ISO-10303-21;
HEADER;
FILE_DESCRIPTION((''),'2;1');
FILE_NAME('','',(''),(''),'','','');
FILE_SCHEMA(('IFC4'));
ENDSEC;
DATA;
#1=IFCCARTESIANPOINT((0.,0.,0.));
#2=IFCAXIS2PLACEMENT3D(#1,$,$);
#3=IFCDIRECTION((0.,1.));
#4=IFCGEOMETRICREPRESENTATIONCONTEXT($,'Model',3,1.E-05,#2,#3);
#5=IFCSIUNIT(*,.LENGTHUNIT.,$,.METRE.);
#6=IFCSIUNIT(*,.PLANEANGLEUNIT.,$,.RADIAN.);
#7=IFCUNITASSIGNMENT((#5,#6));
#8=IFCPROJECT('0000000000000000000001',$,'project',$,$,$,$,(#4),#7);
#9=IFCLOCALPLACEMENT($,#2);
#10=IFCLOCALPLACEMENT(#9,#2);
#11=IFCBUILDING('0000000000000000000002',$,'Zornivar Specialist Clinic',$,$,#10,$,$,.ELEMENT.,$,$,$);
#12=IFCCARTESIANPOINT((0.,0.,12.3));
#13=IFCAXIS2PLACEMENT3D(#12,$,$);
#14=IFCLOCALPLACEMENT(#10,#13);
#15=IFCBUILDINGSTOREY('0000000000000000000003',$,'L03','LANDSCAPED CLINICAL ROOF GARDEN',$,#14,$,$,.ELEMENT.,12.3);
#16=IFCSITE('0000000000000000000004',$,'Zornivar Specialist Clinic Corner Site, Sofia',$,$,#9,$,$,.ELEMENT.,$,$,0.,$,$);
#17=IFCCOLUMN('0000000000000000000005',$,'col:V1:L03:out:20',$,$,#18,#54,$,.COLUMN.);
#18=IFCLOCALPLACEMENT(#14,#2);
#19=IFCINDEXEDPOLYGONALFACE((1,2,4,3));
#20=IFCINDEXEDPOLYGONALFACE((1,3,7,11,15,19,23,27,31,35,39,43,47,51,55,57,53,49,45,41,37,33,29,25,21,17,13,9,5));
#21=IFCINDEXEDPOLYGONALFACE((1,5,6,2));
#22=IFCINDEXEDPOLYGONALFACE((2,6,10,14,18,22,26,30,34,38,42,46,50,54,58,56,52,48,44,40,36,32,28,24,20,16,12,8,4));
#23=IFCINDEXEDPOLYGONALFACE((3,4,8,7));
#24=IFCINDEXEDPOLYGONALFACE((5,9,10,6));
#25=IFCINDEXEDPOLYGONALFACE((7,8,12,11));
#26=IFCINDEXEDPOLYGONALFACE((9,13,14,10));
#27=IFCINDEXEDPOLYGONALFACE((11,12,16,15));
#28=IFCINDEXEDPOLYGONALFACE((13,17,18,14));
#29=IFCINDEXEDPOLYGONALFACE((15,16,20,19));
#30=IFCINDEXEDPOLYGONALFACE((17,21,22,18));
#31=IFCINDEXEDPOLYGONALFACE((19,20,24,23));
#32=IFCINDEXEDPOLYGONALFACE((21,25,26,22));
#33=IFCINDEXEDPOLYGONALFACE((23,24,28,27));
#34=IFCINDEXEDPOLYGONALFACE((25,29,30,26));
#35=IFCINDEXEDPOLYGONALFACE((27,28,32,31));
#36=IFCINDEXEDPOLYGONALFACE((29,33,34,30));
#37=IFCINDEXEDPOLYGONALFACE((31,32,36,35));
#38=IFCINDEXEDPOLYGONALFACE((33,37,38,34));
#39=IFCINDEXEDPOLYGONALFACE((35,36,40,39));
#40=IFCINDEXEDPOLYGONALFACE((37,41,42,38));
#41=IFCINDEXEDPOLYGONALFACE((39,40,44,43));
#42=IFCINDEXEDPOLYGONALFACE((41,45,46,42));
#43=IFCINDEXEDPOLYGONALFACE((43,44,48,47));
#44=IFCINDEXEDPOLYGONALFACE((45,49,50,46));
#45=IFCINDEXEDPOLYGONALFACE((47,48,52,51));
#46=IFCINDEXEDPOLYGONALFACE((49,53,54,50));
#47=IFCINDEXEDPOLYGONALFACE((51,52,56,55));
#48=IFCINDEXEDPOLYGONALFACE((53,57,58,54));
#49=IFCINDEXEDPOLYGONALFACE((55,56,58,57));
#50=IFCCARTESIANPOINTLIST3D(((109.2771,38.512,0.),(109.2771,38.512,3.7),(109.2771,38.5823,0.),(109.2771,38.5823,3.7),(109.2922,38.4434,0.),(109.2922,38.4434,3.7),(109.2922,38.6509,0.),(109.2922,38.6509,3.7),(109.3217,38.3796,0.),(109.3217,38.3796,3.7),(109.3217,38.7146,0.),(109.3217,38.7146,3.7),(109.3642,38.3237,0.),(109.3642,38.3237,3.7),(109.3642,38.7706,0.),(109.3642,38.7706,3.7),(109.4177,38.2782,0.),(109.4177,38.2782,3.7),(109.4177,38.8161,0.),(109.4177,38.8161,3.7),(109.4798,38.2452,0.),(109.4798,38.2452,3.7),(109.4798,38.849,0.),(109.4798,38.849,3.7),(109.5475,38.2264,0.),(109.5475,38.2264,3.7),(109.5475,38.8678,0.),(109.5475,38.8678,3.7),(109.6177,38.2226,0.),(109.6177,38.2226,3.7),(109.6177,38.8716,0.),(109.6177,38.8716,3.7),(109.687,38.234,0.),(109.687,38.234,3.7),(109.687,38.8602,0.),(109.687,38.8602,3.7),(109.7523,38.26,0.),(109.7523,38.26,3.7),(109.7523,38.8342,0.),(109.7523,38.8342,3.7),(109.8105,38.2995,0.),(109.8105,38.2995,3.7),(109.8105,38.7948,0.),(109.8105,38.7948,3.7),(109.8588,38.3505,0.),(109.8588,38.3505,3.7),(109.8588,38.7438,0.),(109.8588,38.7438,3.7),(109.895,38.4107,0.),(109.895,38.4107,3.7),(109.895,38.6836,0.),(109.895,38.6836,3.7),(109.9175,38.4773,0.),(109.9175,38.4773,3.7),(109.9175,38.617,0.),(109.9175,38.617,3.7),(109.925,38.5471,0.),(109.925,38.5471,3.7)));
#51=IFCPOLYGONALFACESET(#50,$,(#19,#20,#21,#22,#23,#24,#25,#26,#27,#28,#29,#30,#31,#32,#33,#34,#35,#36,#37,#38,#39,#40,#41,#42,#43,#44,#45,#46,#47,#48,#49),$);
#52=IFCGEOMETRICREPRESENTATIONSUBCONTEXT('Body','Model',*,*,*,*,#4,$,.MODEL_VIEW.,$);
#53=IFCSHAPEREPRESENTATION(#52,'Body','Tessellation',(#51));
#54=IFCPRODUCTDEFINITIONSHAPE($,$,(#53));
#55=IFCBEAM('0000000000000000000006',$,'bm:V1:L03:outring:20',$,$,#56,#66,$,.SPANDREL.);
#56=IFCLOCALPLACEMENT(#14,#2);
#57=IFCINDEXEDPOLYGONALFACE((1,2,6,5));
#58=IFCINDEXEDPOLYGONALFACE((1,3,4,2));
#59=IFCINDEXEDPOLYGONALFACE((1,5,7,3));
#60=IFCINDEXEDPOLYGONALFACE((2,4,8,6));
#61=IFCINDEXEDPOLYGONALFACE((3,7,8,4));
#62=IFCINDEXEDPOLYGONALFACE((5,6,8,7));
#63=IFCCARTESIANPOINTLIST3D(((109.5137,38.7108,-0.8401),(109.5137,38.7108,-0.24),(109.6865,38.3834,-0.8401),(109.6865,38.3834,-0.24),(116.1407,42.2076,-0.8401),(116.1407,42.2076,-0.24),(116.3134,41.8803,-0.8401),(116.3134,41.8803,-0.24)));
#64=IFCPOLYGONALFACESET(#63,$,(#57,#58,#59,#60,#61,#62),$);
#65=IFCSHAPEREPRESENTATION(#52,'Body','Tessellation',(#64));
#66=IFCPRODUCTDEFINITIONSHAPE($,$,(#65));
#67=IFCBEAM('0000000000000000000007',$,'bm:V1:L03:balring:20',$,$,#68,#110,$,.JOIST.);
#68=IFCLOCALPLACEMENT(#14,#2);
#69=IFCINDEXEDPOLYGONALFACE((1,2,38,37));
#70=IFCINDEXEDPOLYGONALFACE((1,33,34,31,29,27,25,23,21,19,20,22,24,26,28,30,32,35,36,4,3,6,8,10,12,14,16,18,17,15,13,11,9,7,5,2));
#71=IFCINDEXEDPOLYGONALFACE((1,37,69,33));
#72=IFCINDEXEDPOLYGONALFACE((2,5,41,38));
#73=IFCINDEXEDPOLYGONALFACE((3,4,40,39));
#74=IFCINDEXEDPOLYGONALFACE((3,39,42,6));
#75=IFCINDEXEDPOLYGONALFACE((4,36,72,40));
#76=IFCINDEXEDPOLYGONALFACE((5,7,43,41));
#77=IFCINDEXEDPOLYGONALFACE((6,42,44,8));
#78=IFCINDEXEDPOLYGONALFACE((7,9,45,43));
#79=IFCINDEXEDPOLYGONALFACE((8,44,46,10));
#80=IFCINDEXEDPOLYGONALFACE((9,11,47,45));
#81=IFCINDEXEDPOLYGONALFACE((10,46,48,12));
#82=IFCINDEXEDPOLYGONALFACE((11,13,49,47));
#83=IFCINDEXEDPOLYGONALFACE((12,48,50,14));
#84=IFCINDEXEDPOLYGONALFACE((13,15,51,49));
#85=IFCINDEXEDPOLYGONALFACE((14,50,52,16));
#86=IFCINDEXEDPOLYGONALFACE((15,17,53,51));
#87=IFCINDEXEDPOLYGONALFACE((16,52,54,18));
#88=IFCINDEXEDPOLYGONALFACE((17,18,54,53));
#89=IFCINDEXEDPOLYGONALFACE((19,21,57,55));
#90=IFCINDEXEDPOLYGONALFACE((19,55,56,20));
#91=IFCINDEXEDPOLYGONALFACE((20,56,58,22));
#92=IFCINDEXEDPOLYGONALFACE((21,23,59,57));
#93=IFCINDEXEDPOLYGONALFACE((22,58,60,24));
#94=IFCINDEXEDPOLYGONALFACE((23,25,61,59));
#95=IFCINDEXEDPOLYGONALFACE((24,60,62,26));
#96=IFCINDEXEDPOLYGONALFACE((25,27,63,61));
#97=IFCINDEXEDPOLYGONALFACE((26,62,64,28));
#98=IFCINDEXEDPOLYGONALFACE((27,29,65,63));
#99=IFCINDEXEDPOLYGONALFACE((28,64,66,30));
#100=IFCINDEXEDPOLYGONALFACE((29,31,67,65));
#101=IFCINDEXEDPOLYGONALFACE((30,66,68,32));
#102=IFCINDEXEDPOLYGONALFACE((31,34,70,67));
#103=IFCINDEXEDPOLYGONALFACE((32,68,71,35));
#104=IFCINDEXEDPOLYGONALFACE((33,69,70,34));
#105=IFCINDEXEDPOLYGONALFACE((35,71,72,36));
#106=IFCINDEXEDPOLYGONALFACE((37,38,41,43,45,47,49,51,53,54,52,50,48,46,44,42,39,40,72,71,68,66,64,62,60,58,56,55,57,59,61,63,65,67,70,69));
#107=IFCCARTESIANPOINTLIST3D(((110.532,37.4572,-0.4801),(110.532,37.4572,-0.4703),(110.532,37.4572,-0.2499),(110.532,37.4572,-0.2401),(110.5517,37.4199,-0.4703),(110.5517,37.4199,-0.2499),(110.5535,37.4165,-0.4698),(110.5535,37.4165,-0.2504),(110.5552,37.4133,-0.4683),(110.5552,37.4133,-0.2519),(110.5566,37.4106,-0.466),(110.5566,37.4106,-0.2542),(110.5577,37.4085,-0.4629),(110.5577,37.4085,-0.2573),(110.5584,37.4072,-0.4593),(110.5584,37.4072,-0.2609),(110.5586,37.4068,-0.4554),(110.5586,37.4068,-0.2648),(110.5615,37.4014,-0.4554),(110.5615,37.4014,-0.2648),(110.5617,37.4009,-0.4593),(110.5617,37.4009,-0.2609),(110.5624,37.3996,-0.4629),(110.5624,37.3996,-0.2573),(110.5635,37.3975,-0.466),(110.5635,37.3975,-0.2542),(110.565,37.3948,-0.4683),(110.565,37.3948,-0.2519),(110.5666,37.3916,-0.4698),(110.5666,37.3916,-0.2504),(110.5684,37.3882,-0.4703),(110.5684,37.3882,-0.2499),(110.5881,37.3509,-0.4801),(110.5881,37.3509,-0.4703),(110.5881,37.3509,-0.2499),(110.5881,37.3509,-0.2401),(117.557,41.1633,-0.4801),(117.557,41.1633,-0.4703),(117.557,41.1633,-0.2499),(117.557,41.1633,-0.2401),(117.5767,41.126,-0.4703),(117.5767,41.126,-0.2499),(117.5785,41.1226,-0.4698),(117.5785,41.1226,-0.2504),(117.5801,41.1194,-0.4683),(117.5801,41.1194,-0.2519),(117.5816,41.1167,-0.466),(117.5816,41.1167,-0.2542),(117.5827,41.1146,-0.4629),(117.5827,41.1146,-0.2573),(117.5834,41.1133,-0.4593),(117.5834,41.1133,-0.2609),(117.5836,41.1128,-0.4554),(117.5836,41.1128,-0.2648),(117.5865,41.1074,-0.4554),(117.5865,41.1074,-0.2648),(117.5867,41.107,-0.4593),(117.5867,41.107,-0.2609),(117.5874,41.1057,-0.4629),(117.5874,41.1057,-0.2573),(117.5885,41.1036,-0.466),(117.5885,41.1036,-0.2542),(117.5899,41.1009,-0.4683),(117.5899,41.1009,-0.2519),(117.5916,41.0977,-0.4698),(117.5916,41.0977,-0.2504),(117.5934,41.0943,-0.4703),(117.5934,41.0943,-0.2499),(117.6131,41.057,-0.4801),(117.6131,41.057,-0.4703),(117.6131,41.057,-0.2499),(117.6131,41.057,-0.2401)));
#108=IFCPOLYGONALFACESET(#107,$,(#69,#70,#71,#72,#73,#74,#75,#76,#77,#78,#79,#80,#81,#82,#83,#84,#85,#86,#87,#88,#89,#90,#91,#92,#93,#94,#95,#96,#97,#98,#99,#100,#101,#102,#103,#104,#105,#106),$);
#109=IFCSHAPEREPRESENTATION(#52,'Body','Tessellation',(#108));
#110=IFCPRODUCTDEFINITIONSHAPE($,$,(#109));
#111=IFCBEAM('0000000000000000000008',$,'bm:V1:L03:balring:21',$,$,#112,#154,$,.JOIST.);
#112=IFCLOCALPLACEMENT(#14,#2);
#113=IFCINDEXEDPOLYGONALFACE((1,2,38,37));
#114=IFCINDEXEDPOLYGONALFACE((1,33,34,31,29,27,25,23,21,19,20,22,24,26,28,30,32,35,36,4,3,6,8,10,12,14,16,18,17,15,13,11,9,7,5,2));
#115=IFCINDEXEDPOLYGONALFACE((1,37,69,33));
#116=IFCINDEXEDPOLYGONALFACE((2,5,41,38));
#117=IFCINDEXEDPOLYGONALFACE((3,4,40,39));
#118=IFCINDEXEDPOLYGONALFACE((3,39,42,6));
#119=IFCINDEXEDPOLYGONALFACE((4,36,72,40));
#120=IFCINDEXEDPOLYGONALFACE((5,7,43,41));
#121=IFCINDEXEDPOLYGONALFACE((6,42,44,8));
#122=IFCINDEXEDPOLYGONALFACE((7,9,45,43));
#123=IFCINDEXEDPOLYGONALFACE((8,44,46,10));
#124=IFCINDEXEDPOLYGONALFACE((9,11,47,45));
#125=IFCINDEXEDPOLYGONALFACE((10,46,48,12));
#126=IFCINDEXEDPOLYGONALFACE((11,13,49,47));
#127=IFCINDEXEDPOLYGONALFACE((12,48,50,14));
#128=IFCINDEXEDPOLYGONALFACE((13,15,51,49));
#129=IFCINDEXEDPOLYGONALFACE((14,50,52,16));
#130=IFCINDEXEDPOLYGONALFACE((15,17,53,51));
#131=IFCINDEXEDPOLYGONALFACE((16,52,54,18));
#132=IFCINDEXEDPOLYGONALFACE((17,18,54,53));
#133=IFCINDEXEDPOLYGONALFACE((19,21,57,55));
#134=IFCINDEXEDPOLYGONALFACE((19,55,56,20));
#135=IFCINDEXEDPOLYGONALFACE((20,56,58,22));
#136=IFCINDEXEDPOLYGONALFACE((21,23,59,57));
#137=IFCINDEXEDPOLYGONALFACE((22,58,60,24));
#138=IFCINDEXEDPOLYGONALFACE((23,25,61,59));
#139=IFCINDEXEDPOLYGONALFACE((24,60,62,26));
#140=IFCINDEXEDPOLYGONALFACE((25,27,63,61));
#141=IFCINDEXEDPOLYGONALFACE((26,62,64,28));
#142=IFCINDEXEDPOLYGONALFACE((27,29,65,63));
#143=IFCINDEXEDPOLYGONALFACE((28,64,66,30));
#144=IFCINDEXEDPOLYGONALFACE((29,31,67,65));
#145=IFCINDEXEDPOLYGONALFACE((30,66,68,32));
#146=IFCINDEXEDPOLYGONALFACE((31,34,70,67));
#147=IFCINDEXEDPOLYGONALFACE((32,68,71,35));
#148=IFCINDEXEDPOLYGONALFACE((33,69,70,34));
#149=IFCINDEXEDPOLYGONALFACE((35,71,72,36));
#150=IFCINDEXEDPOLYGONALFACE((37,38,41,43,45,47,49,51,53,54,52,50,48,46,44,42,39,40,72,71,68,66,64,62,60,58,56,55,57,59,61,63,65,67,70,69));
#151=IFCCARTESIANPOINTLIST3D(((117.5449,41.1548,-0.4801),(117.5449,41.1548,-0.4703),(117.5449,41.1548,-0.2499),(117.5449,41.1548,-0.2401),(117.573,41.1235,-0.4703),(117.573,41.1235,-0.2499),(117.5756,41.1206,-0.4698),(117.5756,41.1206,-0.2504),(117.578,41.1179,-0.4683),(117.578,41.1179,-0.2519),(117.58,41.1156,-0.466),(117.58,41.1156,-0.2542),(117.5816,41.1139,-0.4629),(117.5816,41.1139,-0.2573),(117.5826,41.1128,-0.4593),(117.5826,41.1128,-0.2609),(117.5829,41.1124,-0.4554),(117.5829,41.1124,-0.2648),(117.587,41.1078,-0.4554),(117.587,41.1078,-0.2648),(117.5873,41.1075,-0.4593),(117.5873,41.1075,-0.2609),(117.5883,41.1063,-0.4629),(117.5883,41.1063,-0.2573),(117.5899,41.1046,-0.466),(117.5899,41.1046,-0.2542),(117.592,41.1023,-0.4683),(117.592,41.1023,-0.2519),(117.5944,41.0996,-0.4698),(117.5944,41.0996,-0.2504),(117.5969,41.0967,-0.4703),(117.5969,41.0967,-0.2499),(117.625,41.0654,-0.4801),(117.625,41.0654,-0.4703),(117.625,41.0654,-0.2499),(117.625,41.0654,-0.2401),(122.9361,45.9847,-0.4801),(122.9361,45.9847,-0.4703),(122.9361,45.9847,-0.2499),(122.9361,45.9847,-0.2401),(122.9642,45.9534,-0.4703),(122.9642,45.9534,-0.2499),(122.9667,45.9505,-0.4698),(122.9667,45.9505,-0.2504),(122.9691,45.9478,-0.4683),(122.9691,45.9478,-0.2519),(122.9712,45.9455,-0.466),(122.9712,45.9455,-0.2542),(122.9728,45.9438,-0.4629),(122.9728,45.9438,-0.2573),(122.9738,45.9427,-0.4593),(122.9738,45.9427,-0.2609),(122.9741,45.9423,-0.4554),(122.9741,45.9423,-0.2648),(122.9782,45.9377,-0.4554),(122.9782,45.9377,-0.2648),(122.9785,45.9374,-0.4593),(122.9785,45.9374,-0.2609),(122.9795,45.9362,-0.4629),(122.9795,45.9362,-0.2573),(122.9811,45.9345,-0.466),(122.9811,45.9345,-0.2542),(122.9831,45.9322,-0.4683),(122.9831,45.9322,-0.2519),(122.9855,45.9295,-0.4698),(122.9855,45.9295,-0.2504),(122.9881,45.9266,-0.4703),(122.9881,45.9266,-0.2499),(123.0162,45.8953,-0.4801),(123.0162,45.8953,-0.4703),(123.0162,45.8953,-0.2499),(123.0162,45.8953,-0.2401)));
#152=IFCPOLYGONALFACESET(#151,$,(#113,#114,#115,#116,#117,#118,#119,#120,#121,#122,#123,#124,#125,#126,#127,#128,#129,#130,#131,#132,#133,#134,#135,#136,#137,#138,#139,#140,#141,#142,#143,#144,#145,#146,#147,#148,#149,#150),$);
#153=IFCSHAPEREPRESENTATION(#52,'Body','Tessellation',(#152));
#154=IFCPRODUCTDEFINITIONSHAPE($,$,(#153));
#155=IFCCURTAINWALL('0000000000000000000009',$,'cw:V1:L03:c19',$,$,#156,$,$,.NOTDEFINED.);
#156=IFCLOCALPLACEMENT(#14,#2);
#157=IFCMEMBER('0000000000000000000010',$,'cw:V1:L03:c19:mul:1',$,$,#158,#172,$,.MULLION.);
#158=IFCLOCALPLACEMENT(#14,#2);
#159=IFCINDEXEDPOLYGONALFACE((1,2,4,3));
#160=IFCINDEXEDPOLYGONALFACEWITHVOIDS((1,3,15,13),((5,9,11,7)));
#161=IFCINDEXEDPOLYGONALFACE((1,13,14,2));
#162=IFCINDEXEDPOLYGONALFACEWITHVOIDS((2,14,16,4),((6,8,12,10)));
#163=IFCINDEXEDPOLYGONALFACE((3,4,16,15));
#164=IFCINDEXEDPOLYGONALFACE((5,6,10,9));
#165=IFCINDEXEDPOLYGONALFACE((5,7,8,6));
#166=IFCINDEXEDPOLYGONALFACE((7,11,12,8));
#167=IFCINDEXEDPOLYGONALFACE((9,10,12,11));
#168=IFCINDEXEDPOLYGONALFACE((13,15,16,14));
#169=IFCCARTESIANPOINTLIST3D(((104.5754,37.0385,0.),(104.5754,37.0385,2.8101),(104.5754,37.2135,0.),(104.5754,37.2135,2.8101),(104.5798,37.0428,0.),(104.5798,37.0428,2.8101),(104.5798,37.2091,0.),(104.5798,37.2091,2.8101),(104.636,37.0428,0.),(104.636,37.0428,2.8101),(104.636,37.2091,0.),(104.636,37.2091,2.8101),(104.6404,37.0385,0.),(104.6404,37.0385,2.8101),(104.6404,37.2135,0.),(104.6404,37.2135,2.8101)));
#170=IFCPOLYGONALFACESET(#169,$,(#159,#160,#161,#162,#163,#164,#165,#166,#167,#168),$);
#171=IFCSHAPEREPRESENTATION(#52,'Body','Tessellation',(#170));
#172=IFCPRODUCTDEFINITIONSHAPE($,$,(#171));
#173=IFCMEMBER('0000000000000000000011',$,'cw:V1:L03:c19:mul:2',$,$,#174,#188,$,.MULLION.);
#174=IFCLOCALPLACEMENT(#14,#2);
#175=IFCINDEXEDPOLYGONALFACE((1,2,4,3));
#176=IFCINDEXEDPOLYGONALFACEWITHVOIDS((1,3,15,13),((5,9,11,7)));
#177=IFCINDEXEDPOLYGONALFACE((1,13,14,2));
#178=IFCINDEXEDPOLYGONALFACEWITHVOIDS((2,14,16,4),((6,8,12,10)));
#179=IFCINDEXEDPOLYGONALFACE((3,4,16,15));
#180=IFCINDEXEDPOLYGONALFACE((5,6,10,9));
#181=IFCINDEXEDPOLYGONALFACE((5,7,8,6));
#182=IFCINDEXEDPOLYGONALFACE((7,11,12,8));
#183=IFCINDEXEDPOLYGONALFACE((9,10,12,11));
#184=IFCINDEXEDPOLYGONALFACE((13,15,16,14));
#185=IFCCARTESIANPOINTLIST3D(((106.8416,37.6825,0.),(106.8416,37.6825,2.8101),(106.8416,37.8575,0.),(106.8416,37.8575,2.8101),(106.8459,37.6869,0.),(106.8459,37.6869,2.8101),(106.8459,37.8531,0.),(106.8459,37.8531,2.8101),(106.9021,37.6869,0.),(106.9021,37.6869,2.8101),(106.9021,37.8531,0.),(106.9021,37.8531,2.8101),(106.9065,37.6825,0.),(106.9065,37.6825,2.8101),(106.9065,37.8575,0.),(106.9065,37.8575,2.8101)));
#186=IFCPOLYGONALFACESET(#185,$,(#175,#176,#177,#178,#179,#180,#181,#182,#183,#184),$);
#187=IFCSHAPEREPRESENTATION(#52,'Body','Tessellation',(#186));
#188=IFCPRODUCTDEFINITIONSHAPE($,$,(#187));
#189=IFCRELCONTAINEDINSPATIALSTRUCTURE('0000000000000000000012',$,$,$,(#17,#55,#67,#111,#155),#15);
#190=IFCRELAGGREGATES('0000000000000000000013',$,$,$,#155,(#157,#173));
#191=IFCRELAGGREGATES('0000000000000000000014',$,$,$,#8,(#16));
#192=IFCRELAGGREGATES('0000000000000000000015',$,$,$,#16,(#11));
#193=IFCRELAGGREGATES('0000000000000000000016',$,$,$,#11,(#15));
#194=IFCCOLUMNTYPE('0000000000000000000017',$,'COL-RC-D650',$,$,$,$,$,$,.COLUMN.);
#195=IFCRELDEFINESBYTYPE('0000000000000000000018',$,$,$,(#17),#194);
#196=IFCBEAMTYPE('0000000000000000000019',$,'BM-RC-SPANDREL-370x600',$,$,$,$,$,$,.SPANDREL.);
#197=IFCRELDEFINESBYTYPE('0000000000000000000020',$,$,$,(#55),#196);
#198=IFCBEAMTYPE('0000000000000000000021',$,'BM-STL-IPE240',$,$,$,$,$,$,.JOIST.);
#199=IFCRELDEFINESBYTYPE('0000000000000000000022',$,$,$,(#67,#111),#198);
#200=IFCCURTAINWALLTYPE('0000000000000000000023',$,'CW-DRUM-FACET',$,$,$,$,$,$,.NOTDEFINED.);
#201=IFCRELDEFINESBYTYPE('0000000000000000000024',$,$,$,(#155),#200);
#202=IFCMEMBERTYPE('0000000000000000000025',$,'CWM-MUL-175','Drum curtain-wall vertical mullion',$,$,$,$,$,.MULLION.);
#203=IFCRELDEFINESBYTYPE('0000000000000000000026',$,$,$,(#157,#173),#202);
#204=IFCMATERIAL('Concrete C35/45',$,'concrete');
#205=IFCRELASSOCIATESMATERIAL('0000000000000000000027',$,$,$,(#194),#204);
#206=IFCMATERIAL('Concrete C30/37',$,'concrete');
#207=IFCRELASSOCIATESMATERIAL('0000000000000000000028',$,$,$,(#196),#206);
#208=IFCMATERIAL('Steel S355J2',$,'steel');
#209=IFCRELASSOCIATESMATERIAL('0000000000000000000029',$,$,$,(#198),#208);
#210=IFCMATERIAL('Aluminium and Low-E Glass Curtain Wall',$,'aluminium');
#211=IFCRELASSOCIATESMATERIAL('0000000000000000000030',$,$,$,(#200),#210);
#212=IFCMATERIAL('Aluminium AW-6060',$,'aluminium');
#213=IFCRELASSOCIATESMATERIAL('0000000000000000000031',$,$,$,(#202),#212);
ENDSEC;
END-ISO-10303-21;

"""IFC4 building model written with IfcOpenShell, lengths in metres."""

from ifc_helpers import new_model, si_unit, direction, frame, origin, origin_2d, place, context, subcontext, project, spatial, rectangle, hollow_rectangle, circle, i_section, extrude, material, material_profile, profile_set, type_object, element, aggregate, save


model = new_model("IFC4")

# Units and contexts
model_context = context("Model", 3, precision=1e-05, world=origin(), true_north=direction((0.0, 1.0)))
body_context = subcontext(model_context, "Body", "Model", "MODEL_VIEW")
ifc_project = project(units=[si_unit("LENGTHUNIT", "METRE"), si_unit("PLANEANGLEUNIT", "RADIAN")], contexts=[model_context])

# Site, building, storey
site_placement = place(None, origin())
site = spatial("IfcSite", under=ifc_project, at=site_placement, Name="Zornivar Specialist Clinic Corner Site, Sofia", CompositionType="ELEMENT", RefElevation=0.0)
building_placement = place(site_placement, origin())
building = spatial("IfcBuilding", under=site, at=building_placement, Name="Zornivar Specialist Clinic", CompositionType="ELEMENT")
storey_placement = place(building_placement, frame((0.0, 0.0, 12.3)))
storey = spatial("IfcBuildingStorey", under=building, at=storey_placement, Name="L03", Description="LANDSCAPED CLINICAL ROOF GARDEN", CompositionType="ELEMENT", Elevation=12.3)

# Column
ifc_material_1 = material(Name="Concrete C35/45", Category="concrete")
ifc_material_profile_1 = material_profile(ifc_material_1, circle(Radius=0.325, at=origin_2d()), Name="RC D650")
ifc_profile_set_1 = profile_set([ifc_material_profile_1], Name="Concrete C35/45")
column_type = type_object("IfcColumnType", Name="COL-RC-D650", PredefinedType="COLUMN", material=ifc_profile_set_1)
column_placement = place(storey_placement, frame((109.6001, 38.5471, 0.0), z_axis=(0.0, 0.0, 1.0), x_axis=(1.0, 0.0, 0.0)))
element("IfcColumn", 1, at=column_placement, inside=storey, type_object=column_type, Name="col:V1:L03:out:20", PredefinedType="COLUMN", context=body_context, shape_type="SweptSolid", body=[
    extrude(circle(Radius=0.325, at=origin_2d()), origin(), (0.0, 0.0, 1.0), 3.7),
])

# Beams
ifc_material_2 = material(Name="Concrete C30/37", Category="concrete")
ifc_material_profile_2 = material_profile(ifc_material_2, rectangle(XDim=0.3701, YDim=0.6001, at=origin_2d()), Name="RC 370x600")
ifc_profile_set_2 = profile_set([ifc_material_profile_2], Name="Concrete C30/37")
beam_type_1 = type_object("IfcBeamType", Name="BM-RC-SPANDREL-370x600", PredefinedType="SPANDREL", material=ifc_profile_set_2)
beam_1_placement = place(storey_placement, frame((109.6001, 38.5471, -0.54), z_axis=(0.884425, 0.466682, 0.0), x_axis=(-0.466682, 0.884425, 0.0)))
element("IfcBeam", 2, at=beam_1_placement, inside=storey, type_object=beam_type_1, Name="bm:V1:L03:outring:20", PredefinedType="SPANDREL", context=body_context, shape_type="SweptSolid", body=[
    extrude(rectangle(XDim=0.3701, YDim=0.6001, at=origin_2d()), origin(), (0.0, 0.0, 1.0), 7.4929),
])
ifc_material_3 = material(Name="Steel S355J2", Category="steel")
ifc_material_profile_3 = material_profile(ifc_material_3, i_section(OverallWidth=0.1201, OverallDepth=0.24, WebThickness=0.0061, FlangeThickness=0.0098, FilletRadius=0.0149, at=origin_2d()), Name="IPE 240")
ifc_profile_set_3 = profile_set([ifc_material_profile_3], Name="Steel S355J2")
beam_type_2 = type_object("IfcBeamType", Name="BM-STL-IPE240", PredefinedType="JOIST", material=ifc_profile_set_3)
beam_2_placement = place(storey_placement, frame((110.5601, 37.4041, -0.3601), z_axis=(0.884464, 0.466608, 0.0), x_axis=(-0.466608, 0.884464, 0.0)))
element("IfcBeam", 3, at=beam_2_placement, inside=storey, type_object=beam_type_2, Name="bm:V1:L03:balring:20", PredefinedType="JOIST", context=body_context, shape_type="SweptSolid", body=[
    extrude(i_section(OverallWidth=0.1201, OverallDepth=0.24, WebThickness=0.0061, FlangeThickness=0.0098, FilletRadius=0.0149, at=origin_2d()), origin(), (0.0, 0.0, 1.0), 7.9426),
])
beam_3_placement = place(storey_placement, frame((117.585, 41.1101, -0.3601), z_axis=(0.744815, 0.667271, 0.0), x_axis=(-0.667271, 0.744815, 0.0)))
element("IfcBeam", 4, at=beam_3_placement, inside=storey, type_object=beam_type_2, Name="bm:V1:L03:balring:21", PredefinedType="JOIST", context=body_context, shape_type="SweptSolid", body=[
    extrude(i_section(OverallWidth=0.1201, OverallDepth=0.24, WebThickness=0.0061, FlangeThickness=0.0098, FilletRadius=0.0149, at=origin_2d()), origin(), (0.0, 0.0, 1.0), 7.2383),
])

# Curtain wall, members
ifc_material_4 = material(Name="Aluminium and Low-E Glass Curtain Wall", Category="aluminium")
curtain_wall_type = type_object("IfcCurtainWallType", Name="CW-DRUM-FACET", PredefinedType="NOTDEFINED", material=ifc_material_4)
curtain_wall_placement = place(storey_placement, origin())
curtain_wall = element("IfcCurtainWall", 5, at=curtain_wall_placement, inside=storey, type_object=curtain_wall_type, Name="cw:V1:L03:c19", PredefinedType="NOTDEFINED")
ifc_material_5 = material(Name="Aluminium AW-6060", Category="aluminium")
ifc_material_profile_4 = material_profile(ifc_material_5, hollow_rectangle(XDim=0.0649, YDim=0.175, WallThickness=0.0044, at=origin_2d()), Name="ALU 65x175x4.5")
ifc_profile_set_4 = profile_set([ifc_material_profile_4], Name="Aluminium AW-6060")
member_type_1 = type_object("IfcMemberType", Name="CWM-MUL-175", Description="Drum curtain-wall vertical mullion", PredefinedType="MULLION", material=ifc_profile_set_4)
member_1_placement = place(storey_placement, frame((104.6079, 37.126, 0.0), z_axis=(0.0, 0.0, 1.0), x_axis=(1.0, 0.0, 0.0)))
member_1 = element("IfcMember", 6, at=member_1_placement, type_object=member_type_1, Name="cw:V1:L03:c19:mul:1", PredefinedType="MULLION", context=body_context, shape_type="SweptSolid", body=[
    extrude(hollow_rectangle(XDim=0.0649, YDim=0.175, WallThickness=0.0044, at=origin_2d()), origin(), (0.0, 0.0, 1.0), 2.8101),
])
member_2_placement = place(storey_placement, frame((106.874, 37.77, 0.0), z_axis=(0.0, 0.0, 1.0), x_axis=(1.0, 0.0, 0.0)))
member_2 = element("IfcMember", 7, at=member_2_placement, type_object=member_type_1, Name="cw:V1:L03:c19:mul:2", PredefinedType="MULLION", context=body_context, shape_type="SweptSolid", body=[
    extrude(hollow_rectangle(XDim=0.0649, YDim=0.175, WallThickness=0.0044, at=origin_2d()), origin(), (0.0, 0.0, 1.0), 2.8101),
])
aggregate(curtain_wall, [member_1, member_2])

save(model, "model.ifc")
